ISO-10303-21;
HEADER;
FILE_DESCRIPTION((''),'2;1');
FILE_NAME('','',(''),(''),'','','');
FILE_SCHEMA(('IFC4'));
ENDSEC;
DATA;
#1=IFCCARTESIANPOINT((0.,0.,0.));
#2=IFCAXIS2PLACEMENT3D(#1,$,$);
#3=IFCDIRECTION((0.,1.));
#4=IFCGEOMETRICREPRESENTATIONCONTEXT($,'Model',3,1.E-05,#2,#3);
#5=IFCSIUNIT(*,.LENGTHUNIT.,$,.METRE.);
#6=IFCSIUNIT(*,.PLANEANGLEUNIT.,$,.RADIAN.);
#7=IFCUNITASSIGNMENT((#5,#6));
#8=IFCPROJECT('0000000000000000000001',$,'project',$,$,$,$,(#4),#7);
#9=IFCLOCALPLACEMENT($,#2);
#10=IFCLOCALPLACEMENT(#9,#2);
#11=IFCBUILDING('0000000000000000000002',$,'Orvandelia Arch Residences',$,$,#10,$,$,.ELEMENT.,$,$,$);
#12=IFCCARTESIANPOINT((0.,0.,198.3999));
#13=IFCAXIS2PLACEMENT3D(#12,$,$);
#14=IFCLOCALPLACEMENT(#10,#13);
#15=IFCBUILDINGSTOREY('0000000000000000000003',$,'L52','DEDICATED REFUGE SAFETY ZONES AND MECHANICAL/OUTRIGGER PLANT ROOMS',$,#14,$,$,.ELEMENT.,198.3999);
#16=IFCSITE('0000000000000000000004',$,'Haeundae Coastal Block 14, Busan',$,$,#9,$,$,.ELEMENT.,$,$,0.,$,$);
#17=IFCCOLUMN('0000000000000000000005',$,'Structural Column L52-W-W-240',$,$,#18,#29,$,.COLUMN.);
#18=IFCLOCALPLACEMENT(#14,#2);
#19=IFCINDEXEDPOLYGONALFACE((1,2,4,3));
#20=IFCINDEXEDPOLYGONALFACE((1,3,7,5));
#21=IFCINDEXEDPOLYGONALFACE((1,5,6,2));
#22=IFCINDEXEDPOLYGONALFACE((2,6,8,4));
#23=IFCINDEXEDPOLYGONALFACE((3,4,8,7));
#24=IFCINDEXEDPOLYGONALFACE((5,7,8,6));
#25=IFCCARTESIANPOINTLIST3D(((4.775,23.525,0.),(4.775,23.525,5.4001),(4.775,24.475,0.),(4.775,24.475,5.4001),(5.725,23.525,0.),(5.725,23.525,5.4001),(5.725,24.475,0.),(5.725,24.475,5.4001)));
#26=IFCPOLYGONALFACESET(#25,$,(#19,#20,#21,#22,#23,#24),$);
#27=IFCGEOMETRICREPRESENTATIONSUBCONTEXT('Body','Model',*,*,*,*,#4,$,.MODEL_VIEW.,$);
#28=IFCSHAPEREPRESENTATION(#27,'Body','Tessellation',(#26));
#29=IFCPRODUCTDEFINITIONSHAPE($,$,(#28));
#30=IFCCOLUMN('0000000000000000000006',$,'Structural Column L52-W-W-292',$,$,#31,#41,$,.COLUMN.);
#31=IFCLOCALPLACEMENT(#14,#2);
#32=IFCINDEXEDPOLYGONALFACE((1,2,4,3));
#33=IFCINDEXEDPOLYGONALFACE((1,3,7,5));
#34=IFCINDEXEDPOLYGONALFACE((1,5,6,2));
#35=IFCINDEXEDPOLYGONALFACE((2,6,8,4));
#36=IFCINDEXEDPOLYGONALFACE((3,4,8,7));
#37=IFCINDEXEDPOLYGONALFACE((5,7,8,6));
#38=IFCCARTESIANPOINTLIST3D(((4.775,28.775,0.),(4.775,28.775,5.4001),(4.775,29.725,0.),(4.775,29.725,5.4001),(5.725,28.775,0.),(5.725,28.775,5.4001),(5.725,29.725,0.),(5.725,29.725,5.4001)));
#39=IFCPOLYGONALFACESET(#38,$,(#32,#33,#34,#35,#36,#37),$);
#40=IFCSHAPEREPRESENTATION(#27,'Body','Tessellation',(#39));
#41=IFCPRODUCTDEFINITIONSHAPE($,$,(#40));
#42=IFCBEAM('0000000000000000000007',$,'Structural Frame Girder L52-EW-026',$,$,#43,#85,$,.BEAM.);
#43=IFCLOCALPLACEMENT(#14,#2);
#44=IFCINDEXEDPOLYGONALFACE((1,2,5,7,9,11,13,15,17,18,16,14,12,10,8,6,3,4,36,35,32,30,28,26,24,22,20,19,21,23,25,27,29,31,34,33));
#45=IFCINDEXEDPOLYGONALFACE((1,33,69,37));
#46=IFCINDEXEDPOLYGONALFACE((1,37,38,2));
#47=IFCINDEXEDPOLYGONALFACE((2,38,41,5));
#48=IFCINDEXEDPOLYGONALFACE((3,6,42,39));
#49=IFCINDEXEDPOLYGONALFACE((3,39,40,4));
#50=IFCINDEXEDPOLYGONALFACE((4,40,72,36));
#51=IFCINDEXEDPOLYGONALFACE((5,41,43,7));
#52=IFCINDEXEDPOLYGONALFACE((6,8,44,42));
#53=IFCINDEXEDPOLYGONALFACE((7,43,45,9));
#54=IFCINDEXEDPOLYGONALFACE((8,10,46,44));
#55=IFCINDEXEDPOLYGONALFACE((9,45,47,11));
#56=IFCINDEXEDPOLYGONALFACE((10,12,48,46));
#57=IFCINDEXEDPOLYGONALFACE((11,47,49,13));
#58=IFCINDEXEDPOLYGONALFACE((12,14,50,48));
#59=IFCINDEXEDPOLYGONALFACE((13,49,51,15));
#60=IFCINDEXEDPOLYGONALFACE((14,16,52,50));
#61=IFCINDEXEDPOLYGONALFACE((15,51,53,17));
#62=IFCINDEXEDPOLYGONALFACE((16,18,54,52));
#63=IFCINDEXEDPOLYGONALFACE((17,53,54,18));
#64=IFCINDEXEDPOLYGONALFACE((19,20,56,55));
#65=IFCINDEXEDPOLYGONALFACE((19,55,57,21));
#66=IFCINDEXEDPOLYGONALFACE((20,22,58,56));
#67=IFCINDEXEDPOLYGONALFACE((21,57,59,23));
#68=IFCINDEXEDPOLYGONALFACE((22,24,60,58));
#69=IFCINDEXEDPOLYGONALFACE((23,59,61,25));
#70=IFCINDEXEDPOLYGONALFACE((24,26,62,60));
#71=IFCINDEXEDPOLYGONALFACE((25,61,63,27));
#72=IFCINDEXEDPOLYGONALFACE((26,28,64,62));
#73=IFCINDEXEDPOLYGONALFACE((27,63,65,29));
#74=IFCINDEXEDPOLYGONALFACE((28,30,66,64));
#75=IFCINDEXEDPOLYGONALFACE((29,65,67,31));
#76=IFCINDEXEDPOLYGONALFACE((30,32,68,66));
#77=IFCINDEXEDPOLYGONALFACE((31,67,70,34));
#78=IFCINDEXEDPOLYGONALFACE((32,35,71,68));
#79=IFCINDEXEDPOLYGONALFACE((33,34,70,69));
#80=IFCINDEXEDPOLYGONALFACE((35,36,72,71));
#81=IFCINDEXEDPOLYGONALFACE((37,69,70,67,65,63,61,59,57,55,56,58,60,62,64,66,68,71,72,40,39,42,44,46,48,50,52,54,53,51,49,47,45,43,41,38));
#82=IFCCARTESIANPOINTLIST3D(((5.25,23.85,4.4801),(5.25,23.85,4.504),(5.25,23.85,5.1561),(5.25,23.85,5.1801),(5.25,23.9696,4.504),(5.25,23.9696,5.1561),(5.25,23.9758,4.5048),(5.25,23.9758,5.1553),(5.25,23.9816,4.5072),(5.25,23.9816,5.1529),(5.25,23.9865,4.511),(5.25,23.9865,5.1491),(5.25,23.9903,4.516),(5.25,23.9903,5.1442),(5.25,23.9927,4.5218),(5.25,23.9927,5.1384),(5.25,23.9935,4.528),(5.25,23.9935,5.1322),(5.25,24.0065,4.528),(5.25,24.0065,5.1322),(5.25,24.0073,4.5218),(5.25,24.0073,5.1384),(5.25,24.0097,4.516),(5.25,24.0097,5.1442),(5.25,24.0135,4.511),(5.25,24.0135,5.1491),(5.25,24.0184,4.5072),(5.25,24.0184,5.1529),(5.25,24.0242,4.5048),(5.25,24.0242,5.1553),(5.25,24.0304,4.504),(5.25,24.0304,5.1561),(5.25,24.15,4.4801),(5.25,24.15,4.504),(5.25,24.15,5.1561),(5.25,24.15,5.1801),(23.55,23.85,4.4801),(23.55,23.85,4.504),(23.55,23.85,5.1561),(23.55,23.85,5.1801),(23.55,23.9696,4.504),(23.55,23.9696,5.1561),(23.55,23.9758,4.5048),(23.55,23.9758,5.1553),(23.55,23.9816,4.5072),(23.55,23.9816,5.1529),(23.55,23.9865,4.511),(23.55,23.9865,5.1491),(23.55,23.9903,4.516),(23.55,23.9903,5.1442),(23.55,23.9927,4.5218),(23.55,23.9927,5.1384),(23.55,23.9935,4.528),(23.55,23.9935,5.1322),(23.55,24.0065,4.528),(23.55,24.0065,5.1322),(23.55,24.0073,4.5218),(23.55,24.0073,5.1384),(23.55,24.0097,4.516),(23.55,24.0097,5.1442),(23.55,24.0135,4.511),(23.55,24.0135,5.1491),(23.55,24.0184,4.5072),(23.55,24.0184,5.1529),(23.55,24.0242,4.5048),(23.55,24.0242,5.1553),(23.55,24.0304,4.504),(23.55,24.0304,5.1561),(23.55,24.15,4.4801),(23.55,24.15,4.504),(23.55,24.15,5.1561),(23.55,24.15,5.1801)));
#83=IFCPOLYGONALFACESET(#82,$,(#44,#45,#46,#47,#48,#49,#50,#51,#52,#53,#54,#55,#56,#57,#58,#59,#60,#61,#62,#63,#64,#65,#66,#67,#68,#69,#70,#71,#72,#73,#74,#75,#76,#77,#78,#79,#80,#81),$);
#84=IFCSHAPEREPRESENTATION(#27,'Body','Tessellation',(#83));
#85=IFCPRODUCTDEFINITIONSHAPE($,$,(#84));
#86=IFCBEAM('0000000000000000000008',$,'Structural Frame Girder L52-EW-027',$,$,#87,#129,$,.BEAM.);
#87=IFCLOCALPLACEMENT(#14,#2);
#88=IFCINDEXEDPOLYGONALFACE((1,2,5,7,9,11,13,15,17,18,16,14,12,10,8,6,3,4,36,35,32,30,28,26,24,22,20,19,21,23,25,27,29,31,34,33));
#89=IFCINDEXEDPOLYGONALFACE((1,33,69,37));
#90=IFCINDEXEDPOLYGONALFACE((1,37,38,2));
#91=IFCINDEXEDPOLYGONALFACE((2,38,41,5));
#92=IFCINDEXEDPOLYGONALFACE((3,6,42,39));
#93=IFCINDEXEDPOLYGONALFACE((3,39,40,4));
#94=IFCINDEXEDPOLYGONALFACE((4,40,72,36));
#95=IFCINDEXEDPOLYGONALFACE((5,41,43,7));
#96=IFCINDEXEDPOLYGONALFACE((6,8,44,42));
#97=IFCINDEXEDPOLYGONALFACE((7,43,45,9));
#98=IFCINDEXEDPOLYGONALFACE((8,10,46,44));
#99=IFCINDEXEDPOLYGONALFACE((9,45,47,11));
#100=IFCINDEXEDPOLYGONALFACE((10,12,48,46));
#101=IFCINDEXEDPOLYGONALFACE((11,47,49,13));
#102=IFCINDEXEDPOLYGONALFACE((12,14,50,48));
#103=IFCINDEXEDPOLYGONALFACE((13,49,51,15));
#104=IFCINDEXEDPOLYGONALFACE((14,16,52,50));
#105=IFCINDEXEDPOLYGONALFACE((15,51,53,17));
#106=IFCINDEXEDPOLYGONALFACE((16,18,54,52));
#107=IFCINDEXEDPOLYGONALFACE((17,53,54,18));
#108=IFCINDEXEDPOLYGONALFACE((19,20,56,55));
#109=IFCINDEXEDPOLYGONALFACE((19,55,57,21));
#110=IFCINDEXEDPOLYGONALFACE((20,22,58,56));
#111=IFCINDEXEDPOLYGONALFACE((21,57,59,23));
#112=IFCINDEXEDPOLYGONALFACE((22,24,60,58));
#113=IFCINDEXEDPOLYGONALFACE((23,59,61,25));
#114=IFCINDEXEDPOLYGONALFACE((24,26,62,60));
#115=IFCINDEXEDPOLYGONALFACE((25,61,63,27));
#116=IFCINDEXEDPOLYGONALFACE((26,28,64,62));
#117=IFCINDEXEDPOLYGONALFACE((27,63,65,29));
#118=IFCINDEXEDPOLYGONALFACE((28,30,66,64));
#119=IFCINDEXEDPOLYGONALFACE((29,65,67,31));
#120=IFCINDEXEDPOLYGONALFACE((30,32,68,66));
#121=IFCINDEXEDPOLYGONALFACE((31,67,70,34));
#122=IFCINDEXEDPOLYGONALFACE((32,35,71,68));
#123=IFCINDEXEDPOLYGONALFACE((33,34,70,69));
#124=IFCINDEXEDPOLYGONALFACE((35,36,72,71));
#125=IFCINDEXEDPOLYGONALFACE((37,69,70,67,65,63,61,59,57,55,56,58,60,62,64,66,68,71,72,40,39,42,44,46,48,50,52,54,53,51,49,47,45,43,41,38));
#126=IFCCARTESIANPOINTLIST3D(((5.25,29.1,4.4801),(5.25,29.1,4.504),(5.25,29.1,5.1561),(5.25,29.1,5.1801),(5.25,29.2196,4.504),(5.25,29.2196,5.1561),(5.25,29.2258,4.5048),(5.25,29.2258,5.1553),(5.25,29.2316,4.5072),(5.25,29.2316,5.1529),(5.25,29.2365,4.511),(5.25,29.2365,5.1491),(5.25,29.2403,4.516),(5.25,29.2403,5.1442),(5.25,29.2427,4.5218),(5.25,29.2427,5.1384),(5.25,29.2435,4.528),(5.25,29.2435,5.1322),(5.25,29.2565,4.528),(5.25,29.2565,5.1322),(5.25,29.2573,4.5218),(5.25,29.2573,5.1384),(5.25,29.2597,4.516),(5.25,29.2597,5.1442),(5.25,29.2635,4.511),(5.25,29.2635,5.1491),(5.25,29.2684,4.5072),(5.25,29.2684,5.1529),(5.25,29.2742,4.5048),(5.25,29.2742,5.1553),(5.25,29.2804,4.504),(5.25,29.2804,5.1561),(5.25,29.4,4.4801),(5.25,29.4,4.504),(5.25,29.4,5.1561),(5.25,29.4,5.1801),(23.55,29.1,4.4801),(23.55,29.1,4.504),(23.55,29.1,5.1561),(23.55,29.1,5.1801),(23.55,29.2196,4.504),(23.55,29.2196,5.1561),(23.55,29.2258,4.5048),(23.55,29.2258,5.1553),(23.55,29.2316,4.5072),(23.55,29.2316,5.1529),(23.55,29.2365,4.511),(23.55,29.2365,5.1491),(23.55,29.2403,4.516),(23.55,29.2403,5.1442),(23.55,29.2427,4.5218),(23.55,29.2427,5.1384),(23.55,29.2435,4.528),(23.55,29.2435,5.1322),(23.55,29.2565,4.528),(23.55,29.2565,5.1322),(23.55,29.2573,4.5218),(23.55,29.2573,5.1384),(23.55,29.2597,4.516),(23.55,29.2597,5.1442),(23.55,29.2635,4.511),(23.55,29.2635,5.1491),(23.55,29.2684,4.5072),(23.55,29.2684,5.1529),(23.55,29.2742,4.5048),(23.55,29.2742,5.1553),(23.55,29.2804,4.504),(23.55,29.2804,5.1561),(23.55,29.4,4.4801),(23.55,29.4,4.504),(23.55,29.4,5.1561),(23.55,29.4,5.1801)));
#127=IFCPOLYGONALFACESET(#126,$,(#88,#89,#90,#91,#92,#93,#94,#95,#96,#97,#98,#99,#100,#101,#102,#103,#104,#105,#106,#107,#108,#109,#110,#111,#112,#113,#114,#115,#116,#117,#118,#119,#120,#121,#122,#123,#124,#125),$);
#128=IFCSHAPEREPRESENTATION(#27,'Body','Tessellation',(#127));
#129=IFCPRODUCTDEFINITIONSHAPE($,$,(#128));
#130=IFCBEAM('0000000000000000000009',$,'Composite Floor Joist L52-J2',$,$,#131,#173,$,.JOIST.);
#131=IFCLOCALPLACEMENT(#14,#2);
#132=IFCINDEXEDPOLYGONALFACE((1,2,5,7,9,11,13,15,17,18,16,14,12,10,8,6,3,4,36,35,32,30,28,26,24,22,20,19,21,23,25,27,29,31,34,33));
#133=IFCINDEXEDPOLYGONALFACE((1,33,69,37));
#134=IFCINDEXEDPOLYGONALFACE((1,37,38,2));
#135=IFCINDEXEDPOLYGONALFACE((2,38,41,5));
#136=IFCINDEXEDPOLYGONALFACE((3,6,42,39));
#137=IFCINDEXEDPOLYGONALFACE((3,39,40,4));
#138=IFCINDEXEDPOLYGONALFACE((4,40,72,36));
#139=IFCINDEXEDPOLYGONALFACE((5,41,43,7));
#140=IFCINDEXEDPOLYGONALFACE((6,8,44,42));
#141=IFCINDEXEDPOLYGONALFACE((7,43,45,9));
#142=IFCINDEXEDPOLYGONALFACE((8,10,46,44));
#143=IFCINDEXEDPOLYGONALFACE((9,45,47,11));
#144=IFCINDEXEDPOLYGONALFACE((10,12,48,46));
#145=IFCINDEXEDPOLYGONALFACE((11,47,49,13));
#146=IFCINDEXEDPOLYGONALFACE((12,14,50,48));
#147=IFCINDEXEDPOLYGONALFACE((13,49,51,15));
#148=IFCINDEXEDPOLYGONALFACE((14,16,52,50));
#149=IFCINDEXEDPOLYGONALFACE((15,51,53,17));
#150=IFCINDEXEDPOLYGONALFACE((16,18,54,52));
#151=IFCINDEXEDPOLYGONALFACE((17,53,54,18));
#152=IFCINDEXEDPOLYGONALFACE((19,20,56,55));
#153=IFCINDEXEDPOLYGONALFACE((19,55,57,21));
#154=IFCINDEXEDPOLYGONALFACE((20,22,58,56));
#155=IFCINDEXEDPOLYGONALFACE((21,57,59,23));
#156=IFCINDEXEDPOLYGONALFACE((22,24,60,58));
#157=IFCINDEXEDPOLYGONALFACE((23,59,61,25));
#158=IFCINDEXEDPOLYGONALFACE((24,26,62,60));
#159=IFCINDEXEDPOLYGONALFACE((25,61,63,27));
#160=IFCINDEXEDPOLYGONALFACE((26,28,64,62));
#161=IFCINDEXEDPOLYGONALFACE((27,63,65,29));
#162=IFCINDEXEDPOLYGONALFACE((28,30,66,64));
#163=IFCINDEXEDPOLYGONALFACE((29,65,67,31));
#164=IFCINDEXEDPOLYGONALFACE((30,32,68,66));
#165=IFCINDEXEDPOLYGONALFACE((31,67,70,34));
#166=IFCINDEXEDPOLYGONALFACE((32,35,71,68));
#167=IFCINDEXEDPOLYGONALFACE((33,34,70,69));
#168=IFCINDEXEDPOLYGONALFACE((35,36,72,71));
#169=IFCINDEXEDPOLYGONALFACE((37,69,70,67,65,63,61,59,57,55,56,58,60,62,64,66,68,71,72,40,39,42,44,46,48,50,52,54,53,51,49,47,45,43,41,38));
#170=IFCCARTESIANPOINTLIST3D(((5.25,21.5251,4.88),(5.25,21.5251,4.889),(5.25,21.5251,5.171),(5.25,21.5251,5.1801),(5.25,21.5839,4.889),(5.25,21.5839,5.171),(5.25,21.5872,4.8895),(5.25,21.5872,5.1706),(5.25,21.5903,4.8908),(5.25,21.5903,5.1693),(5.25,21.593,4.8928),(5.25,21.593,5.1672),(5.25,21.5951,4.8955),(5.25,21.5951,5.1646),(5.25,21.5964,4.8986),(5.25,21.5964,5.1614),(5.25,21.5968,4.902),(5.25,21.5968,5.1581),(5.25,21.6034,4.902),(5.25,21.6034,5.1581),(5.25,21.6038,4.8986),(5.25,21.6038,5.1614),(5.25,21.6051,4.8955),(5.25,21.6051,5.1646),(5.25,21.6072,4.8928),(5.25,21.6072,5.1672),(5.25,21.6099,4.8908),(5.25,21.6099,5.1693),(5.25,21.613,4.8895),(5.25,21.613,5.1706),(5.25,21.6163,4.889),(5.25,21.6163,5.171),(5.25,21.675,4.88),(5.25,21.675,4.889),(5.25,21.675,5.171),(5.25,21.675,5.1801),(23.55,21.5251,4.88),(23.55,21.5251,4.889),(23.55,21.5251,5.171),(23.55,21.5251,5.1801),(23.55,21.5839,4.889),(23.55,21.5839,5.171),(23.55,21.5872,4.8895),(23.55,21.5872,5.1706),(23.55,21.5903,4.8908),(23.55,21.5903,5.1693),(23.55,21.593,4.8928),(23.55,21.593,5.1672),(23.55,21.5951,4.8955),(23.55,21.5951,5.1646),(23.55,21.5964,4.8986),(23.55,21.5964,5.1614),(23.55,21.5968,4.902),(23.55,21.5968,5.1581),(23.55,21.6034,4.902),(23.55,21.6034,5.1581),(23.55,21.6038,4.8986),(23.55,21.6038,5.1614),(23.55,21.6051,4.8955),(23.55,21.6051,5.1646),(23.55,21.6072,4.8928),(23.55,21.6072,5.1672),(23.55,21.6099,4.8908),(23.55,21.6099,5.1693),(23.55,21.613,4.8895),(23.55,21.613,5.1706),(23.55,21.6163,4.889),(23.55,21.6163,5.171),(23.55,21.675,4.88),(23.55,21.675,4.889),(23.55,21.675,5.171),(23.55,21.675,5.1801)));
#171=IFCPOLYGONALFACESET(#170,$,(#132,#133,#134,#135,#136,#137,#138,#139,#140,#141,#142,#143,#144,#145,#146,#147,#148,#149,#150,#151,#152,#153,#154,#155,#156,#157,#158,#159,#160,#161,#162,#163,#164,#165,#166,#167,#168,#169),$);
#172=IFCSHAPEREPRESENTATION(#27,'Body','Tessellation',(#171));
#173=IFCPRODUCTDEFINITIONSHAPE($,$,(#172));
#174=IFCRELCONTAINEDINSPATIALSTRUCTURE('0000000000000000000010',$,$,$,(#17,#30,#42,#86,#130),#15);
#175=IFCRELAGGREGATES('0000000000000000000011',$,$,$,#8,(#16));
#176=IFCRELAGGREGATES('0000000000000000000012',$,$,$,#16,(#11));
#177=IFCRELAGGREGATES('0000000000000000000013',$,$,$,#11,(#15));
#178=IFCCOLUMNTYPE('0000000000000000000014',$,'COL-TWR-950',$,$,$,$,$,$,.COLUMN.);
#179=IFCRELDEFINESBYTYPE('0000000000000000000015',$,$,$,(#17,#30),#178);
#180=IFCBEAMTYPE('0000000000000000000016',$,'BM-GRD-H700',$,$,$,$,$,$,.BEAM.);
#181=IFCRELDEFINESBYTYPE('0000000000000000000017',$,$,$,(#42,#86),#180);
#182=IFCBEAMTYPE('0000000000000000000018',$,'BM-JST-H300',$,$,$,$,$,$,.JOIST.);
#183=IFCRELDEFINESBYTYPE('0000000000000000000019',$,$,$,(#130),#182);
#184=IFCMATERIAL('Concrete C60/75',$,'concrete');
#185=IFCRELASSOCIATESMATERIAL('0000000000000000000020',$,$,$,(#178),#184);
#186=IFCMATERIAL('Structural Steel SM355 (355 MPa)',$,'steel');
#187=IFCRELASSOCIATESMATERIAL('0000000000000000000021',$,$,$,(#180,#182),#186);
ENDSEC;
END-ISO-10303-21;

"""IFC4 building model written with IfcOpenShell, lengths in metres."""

from ifc_helpers import new_model, si_unit, direction, frame, origin, origin_2d, place, context, subcontext, project, spatial, rectangle, i_section, extrude, material, material_profile, profile_set, type_object, element, save


model = new_model("IFC4")

# Units and contexts
model_context = context("Model", 3, precision=1e-05, world=origin(), true_north=direction((0.0, 1.0)))
body_context = subcontext(model_context, "Body", "Model", "MODEL_VIEW")
ifc_project = project(units=[si_unit("LENGTHUNIT", "METRE"), si_unit("PLANEANGLEUNIT", "RADIAN")], contexts=[model_context])

# Site, building, storey
site_placement = place(None, origin())
site = spatial("IfcSite", under=ifc_project, at=site_placement, Name="Haeundae Coastal Block 14, Busan", CompositionType="ELEMENT", RefElevation=0.0)
building_placement = place(site_placement, origin())
building = spatial("IfcBuilding", under=site, at=building_placement, Name="Orvandelia Arch Residences", CompositionType="ELEMENT")
storey_placement = place(building_placement, frame((0.0, 0.0, 198.3999)))
storey = spatial("IfcBuildingStorey", under=building, at=storey_placement, Name="L52", Description="DEDICATED REFUGE SAFETY ZONES AND MECHANICAL/OUTRIGGER PLANT ROOMS", CompositionType="ELEMENT", Elevation=198.3999)

# Columns
ifc_material_1 = material(Name="Concrete C60/75", Category="concrete")
ifc_material_profile_1 = material_profile(ifc_material_1, rectangle(XDim=0.95, YDim=0.95, at=origin_2d()), Name="Concrete C60/75", Category="concrete")
ifc_profile_set_1 = profile_set([ifc_material_profile_1], Name="Concrete C60/75")
column_type = type_object("IfcColumnType", Name="COL-TWR-950", PredefinedType="COLUMN", material=ifc_profile_set_1)
for number, where, z_axis, x_axis, name in (
    (1, (5.25, 24.0, 0.0), (0.0, 0.0, 1.0), (1.0, 0.0, 0.0), "Structural Column L52-W-W-240"),
    (2, (5.25, 29.25, 0.0), (0.0, 0.0, 1.0), (1.0, 0.0, 0.0), "Structural Column L52-W-W-292"),
):
    element("IfcColumn", number, at=place(storey_placement, frame(where, z_axis=z_axis, x_axis=x_axis)), inside=storey, type_object=column_type, Name=name, PredefinedType="COLUMN", context=body_context, shape_type="SweptSolid", body=[
        extrude(rectangle(XDim=0.95, YDim=0.95, at=origin_2d()), origin(), (0.0, 0.0, 1.0), 5.4001),
    ])

# Beams
ifc_material_2 = material(Name="Structural Steel SM355 (355 MPa)", Category="steel")
ifc_material_profile_2 = material_profile(ifc_material_2, i_section(OverallWidth=0.3, OverallDepth=0.7, WebThickness=0.0129, FlangeThickness=0.0239, FilletRadius=0.0239, at=origin_2d()), Name="Structural Steel SM355 (355 MPa)", Category="steel")
ifc_profile_set_2 = profile_set([ifc_material_profile_2], Name="Structural Steel SM355 (355 MPa)")
beam_type_1 = type_object("IfcBeamType", Name="BM-GRD-H700", PredefinedType="BEAM", material=ifc_profile_set_2)
for number, where, z_axis, x_axis, name in (
    (3, (5.25, 24.0, 4.8301), (1.0, 0.0, 0.0), (0.0, 1.0, 0.0), "Structural Frame Girder L52-EW-026"),
    (4, (5.25, 29.25, 4.8301), (1.0, 0.0, 0.0), (0.0, 1.0, 0.0), "Structural Frame Girder L52-EW-027"),
):
    element("IfcBeam", number, at=place(storey_placement, frame(where, z_axis=z_axis, x_axis=x_axis)), inside=storey, type_object=beam_type_1, Name=name, PredefinedType="BEAM", context=body_context, shape_type="SweptSolid", body=[
        extrude(i_section(OverallWidth=0.3, OverallDepth=0.7, WebThickness=0.0129, FlangeThickness=0.0239, FilletRadius=0.0239, at=origin_2d()), origin(), (0.0, 0.0, 1.0), 18.3),
    ])
ifc_material_profile_3 = material_profile(ifc_material_2, i_section(OverallWidth=0.1499, OverallDepth=0.3, WebThickness=0.0066, FlangeThickness=0.009, FilletRadius=0.0129, at=origin_2d()), Name="Structural Steel SM355 (355 MPa)", Category="steel")
ifc_profile_set_3 = profile_set([ifc_material_profile_3], Name="Structural Steel SM355 (355 MPa)")
beam_type_2 = type_object("IfcBeamType", Name="BM-JST-H300", PredefinedType="JOIST", material=ifc_profile_set_3)
beam_1_placement = place(storey_placement, frame((5.25, 21.6001, 5.03), z_axis=(1.0, 0.0, 0.0), x_axis=(0.0, 1.0, 0.0)))
element("IfcBeam", 5, at=beam_1_placement, inside=storey, type_object=beam_type_2, Name="Composite Floor Joist L52-J2", PredefinedType="JOIST", context=body_context, shape_type="SweptSolid", body=[
    extrude(i_section(OverallWidth=0.1499, OverallDepth=0.3, WebThickness=0.0066, FlangeThickness=0.009, FilletRadius=0.0129, at=origin_2d()), origin(), (0.0, 0.0, 1.0), 18.3),
])

save(model, "model.ifc")
